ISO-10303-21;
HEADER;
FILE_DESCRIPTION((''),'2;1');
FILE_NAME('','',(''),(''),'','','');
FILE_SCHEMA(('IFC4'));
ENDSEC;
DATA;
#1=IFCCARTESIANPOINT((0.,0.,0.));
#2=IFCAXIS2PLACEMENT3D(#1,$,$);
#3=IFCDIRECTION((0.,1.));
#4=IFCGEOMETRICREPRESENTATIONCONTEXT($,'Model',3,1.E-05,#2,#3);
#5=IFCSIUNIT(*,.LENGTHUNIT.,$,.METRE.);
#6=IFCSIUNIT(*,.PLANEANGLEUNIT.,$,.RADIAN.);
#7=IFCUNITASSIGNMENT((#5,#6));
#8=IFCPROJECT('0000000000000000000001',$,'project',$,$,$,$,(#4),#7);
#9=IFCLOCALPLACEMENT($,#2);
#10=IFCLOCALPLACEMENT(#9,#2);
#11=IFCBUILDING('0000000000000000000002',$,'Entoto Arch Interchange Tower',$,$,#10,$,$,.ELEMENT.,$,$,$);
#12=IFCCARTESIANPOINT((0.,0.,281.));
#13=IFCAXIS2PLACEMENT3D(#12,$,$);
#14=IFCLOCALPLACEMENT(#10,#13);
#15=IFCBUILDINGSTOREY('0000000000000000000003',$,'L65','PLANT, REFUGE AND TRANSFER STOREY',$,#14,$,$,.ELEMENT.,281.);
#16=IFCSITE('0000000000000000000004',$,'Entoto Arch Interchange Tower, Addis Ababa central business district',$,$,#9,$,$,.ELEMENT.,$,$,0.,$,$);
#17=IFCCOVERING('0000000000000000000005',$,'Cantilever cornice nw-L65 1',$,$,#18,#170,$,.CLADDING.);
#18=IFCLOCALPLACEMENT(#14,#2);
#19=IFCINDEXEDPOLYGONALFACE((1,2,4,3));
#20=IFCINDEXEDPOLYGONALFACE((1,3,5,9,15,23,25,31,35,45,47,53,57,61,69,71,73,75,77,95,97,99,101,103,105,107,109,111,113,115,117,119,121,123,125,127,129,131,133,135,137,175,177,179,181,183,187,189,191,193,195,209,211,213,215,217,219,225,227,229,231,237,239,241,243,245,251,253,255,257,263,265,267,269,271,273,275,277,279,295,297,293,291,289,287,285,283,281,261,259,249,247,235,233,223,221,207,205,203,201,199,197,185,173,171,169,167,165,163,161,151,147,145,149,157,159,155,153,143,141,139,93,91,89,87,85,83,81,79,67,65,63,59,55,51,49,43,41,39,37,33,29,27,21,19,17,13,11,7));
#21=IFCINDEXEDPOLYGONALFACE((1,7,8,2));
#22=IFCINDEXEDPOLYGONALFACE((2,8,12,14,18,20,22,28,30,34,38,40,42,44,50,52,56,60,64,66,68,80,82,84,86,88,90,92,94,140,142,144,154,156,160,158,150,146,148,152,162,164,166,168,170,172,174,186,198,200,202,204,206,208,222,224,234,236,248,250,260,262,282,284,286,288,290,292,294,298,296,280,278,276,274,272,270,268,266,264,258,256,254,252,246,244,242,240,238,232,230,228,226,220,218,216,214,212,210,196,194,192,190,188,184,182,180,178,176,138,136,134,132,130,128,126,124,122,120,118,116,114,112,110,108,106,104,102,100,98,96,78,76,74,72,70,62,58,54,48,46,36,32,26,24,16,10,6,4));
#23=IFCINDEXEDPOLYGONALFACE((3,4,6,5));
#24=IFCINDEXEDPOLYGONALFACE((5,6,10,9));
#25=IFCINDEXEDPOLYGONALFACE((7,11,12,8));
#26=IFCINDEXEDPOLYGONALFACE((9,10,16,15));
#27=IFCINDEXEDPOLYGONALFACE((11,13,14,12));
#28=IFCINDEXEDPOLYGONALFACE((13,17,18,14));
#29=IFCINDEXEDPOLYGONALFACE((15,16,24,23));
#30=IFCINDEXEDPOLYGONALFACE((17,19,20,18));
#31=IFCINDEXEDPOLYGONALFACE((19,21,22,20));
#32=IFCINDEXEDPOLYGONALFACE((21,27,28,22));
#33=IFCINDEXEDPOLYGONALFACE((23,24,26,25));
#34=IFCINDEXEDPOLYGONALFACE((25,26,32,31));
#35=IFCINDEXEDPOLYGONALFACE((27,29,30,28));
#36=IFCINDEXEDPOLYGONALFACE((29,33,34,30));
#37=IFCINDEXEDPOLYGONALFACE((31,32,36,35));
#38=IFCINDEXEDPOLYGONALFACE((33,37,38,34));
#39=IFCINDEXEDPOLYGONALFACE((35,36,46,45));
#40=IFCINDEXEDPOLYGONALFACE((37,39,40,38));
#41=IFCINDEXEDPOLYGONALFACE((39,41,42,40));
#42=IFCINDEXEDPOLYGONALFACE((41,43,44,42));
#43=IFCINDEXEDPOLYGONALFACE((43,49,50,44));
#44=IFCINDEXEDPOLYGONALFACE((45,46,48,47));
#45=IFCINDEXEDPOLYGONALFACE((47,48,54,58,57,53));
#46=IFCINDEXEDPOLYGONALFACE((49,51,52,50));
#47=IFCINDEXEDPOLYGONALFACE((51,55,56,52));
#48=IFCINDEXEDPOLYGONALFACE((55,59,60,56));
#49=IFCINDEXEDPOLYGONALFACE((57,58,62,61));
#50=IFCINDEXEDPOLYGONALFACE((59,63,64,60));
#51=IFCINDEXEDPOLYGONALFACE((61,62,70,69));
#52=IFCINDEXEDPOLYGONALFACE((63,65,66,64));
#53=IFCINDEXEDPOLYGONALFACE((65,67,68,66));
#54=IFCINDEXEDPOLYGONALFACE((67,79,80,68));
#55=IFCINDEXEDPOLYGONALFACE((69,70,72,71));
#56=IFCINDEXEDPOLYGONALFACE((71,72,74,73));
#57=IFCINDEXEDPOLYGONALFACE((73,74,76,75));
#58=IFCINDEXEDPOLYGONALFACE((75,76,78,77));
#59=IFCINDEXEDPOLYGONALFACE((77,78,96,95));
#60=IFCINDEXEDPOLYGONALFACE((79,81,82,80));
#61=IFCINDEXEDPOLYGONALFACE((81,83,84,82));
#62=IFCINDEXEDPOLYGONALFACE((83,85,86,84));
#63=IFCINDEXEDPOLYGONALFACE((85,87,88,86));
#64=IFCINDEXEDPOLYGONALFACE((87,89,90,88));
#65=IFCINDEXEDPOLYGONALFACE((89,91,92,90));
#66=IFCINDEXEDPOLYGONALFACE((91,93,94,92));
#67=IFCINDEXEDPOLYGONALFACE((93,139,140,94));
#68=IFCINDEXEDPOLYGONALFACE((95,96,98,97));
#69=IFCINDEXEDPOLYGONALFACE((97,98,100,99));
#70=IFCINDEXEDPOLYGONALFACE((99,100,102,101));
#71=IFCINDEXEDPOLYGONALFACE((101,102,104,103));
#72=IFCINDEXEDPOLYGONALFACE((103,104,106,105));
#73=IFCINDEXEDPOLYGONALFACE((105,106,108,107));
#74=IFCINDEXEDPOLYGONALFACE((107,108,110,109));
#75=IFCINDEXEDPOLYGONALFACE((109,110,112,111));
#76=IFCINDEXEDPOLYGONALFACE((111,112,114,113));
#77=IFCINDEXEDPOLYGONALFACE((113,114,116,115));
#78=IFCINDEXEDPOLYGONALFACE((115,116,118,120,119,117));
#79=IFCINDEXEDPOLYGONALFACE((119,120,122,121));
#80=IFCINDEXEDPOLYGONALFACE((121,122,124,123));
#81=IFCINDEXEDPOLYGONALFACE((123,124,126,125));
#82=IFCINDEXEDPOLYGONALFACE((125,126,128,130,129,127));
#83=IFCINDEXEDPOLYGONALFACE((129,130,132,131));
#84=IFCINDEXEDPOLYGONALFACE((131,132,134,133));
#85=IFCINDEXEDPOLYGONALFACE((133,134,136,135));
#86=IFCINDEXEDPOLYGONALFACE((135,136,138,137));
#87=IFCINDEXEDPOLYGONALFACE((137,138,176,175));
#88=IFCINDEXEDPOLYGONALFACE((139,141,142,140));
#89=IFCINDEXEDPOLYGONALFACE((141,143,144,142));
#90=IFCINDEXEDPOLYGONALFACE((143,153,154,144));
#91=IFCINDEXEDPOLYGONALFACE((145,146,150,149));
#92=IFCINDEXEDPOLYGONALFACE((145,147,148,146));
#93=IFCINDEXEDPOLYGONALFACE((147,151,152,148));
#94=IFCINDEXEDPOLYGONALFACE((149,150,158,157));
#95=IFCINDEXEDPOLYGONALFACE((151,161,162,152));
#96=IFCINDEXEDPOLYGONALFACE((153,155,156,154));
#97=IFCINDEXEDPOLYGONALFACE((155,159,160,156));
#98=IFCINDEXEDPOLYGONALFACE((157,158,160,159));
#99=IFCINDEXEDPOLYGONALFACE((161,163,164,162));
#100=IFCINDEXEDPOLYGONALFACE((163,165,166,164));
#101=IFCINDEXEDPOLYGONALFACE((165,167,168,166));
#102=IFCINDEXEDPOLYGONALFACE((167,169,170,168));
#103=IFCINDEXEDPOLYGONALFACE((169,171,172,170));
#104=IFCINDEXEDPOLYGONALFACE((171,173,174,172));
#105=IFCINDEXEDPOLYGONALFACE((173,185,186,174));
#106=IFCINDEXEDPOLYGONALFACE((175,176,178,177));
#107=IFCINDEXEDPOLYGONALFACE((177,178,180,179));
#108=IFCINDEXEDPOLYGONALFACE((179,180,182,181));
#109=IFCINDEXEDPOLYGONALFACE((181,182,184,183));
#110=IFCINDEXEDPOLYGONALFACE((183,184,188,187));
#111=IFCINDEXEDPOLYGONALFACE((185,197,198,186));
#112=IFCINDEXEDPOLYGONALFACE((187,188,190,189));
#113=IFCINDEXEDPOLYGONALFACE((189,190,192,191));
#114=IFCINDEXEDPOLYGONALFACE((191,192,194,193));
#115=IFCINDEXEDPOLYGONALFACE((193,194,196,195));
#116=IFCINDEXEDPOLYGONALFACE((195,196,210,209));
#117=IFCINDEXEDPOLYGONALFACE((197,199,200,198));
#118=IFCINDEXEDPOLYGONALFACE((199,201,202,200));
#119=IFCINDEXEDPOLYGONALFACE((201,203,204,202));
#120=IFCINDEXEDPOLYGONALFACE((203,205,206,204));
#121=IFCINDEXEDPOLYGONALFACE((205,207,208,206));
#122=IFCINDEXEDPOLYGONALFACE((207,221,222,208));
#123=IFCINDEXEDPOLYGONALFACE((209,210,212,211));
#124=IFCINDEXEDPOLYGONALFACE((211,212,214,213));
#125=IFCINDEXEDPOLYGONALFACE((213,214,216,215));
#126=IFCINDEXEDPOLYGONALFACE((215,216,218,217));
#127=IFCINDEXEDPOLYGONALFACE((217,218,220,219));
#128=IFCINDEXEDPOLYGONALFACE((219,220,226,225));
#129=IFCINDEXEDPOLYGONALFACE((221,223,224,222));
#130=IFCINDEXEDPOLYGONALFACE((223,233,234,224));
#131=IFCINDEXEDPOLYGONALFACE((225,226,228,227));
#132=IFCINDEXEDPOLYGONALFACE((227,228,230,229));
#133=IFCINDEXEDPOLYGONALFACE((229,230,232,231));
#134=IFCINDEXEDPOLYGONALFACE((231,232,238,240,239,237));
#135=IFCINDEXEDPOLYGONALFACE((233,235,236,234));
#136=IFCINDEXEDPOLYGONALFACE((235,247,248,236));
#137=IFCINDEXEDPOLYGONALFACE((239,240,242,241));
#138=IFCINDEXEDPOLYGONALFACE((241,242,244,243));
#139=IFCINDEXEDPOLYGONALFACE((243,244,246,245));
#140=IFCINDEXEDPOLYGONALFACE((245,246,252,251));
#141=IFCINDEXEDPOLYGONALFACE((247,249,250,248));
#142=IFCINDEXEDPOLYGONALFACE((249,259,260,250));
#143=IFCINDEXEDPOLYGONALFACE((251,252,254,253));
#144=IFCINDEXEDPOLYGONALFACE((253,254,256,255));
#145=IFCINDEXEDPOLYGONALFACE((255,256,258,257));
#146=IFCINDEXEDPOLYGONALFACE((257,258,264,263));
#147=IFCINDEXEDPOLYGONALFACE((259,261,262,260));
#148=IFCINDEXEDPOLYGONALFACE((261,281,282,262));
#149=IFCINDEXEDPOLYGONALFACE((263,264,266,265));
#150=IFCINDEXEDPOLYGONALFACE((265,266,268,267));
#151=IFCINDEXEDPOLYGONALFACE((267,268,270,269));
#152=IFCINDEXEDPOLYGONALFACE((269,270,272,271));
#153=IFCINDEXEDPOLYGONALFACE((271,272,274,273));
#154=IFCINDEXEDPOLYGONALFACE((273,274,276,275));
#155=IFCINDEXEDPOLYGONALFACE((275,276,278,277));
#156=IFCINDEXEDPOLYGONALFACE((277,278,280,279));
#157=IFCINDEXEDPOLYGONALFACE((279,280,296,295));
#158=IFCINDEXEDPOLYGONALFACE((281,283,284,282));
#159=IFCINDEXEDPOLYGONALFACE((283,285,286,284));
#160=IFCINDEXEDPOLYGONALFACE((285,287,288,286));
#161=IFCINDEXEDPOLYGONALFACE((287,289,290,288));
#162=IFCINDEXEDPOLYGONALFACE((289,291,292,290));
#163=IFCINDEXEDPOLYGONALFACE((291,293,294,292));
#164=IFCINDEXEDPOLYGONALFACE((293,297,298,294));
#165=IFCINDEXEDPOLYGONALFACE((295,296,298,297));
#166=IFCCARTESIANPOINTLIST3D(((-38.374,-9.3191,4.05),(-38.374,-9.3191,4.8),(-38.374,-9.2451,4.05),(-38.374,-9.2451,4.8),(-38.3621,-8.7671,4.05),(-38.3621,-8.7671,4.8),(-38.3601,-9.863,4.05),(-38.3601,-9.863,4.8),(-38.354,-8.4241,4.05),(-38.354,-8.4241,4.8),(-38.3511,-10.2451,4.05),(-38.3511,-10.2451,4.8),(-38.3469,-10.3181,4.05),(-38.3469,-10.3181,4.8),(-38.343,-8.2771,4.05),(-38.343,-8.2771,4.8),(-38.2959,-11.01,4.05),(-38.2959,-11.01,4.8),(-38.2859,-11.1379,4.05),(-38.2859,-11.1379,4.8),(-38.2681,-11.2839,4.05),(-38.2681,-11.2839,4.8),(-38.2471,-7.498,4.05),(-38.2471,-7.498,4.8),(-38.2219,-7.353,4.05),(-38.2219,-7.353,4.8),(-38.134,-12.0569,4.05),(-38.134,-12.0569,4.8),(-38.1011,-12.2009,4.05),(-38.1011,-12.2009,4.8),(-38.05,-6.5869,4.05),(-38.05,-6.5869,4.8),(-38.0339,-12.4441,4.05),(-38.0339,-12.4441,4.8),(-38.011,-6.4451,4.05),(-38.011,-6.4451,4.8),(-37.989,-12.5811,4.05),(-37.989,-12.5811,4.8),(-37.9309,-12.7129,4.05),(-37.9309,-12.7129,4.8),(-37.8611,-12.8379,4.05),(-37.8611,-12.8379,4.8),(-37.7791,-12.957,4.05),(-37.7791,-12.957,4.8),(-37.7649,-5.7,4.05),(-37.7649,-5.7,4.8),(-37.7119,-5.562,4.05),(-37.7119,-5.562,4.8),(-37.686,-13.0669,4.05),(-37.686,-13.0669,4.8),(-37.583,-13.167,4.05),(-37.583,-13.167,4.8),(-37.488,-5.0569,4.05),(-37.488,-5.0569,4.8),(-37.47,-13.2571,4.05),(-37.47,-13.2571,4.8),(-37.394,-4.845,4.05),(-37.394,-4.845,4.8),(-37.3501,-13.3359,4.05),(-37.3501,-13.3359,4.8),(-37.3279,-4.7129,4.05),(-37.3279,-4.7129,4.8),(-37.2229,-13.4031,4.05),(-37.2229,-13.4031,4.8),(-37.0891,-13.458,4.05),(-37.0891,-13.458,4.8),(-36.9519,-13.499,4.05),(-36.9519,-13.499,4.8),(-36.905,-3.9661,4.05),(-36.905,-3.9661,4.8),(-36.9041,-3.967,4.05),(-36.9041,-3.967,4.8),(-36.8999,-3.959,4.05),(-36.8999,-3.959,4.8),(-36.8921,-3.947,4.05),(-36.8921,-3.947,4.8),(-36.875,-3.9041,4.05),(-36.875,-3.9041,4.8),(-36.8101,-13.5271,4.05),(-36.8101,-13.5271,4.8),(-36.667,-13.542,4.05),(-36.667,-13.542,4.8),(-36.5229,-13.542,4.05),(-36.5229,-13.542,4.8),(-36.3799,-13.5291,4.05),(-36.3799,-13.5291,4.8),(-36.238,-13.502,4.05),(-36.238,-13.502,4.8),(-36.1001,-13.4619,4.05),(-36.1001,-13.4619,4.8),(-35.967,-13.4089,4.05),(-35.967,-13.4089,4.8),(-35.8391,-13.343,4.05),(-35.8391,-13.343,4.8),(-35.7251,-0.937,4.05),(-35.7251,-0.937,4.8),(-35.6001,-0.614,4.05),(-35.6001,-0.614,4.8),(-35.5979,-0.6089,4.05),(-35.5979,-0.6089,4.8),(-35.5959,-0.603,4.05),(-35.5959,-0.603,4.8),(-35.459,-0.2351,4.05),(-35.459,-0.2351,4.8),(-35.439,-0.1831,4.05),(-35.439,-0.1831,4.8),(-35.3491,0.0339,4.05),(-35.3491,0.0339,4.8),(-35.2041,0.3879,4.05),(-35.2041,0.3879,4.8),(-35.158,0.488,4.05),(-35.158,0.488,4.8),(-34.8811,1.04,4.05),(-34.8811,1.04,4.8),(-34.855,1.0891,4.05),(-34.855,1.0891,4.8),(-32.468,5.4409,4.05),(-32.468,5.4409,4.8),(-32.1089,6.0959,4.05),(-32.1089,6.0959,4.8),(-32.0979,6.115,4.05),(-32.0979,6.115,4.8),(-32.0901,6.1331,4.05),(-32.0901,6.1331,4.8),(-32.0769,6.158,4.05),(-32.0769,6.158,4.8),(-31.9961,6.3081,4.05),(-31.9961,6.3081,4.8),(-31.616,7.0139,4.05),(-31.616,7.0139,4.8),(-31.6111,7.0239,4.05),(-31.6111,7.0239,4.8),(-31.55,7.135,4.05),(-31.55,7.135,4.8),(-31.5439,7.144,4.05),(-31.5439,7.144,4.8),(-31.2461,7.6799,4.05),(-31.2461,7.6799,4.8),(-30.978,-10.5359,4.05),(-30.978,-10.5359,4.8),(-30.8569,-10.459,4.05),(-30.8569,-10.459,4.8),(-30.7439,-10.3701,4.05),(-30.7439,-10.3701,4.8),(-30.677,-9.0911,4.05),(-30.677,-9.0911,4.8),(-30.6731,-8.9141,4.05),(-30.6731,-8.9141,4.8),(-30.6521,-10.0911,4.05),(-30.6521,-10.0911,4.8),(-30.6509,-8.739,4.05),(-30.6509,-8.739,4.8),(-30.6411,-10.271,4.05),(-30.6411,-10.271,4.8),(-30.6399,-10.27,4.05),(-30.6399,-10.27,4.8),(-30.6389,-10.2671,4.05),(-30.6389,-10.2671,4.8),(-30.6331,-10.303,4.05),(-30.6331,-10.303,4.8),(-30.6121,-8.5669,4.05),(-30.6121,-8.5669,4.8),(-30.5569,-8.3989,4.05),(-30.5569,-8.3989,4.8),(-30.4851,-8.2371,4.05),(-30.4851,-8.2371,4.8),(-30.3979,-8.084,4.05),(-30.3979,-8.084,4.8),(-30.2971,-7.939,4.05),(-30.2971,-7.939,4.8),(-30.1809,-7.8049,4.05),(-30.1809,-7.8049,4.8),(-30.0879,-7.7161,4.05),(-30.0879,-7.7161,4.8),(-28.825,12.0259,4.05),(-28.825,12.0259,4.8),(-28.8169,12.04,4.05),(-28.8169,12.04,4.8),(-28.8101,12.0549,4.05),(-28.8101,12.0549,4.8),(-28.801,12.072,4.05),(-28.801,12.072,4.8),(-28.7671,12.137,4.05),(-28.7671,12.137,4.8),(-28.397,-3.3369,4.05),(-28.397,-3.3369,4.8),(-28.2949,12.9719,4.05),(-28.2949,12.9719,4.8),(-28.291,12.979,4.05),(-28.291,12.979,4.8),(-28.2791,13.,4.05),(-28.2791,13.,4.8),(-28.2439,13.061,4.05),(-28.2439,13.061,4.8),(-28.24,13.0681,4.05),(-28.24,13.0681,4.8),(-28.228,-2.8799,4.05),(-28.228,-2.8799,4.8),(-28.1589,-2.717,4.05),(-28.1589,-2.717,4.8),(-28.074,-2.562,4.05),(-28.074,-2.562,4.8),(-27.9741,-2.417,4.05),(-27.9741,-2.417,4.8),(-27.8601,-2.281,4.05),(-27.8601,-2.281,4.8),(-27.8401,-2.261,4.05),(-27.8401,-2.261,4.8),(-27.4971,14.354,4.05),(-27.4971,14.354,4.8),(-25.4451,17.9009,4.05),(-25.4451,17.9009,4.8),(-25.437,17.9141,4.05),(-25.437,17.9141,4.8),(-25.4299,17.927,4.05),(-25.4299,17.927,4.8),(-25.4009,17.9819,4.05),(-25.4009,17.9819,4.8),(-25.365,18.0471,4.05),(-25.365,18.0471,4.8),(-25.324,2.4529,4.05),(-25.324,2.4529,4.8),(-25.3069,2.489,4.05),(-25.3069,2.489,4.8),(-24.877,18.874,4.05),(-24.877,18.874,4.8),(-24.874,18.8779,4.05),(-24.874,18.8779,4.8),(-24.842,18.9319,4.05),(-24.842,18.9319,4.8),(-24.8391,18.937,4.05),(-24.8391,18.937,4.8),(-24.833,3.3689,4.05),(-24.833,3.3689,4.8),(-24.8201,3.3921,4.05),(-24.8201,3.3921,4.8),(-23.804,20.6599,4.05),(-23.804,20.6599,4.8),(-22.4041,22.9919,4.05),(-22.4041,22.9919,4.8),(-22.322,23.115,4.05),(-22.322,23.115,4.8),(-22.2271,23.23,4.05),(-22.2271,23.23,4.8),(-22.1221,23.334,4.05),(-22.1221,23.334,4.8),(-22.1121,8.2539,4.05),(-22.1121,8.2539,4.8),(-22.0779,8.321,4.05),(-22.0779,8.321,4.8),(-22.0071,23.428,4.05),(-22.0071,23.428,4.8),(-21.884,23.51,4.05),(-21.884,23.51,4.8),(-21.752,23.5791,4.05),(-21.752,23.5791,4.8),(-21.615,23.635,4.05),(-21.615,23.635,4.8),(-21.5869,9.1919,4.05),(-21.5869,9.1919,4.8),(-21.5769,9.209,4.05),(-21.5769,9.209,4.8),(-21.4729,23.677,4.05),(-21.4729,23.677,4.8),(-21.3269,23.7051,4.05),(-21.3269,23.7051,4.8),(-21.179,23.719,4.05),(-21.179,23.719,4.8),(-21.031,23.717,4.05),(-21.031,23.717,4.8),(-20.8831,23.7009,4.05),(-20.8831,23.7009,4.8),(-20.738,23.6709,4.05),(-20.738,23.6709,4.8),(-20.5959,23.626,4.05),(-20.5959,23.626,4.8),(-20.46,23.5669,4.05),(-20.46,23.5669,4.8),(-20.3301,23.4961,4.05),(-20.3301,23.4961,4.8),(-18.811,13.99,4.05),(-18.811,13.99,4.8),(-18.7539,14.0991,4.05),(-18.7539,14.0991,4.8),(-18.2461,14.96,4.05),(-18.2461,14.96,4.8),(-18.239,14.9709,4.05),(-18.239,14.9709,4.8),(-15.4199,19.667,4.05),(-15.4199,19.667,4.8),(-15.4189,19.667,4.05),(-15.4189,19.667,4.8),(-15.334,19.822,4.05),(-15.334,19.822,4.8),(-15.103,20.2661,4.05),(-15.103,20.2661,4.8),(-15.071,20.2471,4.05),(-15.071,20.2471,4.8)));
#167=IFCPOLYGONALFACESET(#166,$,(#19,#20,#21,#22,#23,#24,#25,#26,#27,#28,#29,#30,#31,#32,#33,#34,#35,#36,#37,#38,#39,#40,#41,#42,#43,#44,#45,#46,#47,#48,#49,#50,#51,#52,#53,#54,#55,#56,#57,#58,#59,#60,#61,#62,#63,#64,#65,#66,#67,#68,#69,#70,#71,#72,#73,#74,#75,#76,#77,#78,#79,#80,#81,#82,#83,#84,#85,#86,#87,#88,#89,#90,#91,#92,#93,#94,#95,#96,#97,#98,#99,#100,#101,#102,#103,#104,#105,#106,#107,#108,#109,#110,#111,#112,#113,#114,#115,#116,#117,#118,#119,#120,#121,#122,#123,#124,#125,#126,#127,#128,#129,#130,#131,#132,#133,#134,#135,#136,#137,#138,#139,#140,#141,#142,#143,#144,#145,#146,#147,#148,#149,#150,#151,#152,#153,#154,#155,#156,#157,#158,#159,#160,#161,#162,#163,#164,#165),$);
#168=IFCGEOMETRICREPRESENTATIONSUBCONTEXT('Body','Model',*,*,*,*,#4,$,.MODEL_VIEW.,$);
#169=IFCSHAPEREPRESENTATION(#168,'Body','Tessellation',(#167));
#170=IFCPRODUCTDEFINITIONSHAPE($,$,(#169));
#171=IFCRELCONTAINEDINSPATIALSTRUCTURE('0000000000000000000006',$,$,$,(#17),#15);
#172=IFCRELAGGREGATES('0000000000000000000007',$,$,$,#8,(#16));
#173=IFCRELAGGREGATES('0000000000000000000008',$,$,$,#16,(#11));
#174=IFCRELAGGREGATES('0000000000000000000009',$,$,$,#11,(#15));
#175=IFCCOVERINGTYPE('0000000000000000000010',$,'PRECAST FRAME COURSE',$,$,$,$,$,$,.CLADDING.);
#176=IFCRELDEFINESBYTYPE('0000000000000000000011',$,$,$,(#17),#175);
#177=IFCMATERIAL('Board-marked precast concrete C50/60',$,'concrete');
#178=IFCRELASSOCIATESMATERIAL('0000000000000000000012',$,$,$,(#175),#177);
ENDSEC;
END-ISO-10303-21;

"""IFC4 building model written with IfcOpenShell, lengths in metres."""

from ifc_helpers import new_model, si_unit, direction, frame, origin, place, context, subcontext, project, spatial, polyline, outline, extrude, material, type_object, element, save


model = new_model("IFC4")

# Units and contexts
model_context = context("Model", 3, precision=1e-05, world=origin(), true_north=direction((0.0, 1.0)))
body_context = subcontext(model_context, "Body", "Model", "MODEL_VIEW")
ifc_project = project(units=[si_unit("LENGTHUNIT", "METRE"), si_unit("PLANEANGLEUNIT", "RADIAN")], contexts=[model_context])

# Site, building, storey
site_placement = place(None, origin())
site = spatial("IfcSite", under=ifc_project, at=site_placement, Name="Entoto Arch Interchange Tower, Addis Ababa central business district", CompositionType="ELEMENT", RefElevation=0.0)
building_placement = place(site_placement, origin())
building = spatial("IfcBuilding", under=site, at=building_placement, Name="Entoto Arch Interchange Tower", CompositionType="ELEMENT")
storey_placement = place(building_placement, frame((0.0, 0.0, 281.0)))
storey = spatial("IfcBuildingStorey", under=building, at=storey_placement, Name="L65", Description="PLANT, REFUGE AND TRANSFER STOREY", CompositionType="ELEMENT", Elevation=281.0)

# Covering
ifc_material_1 = material(Name="Board-marked precast concrete C50/60", Category="concrete")
covering_type = type_object("IfcCoveringType", Name="PRECAST FRAME COURSE", PredefinedType="CLADDING", material=ifc_material_1)
covering_1_placement = place(storey_placement, frame((0.0, 0.0, 4.05)))
element("IfcCovering", 1, at=covering_1_placement, inside=storey, type_object=covering_type, Name="Cantilever cornice nw-L65 1", PredefinedType="CLADDING", context=body_context, shape_type="SweptSolid", body=[
    extrude(outline(polyline([(-30.7439, -10.3701), (-30.8569, -10.459), (-30.978, -10.5359), (-35.8391, -13.343), (-35.967, -13.4089), (-36.1001, -13.4619), (-36.238, -13.502), (-36.3799, -13.5291), (-36.5229, -13.542), (-36.667, -13.542), (-36.8101, -13.5271), (-36.9519, -13.499), (-37.0891, -13.458), (-37.2229, -13.4031), (-37.3501, -13.3359), (-37.47, -13.2571), (-37.583, -13.167), (-37.686, -13.0669), (-37.7791, -12.957), (-37.8611, -12.8379), (-37.9309, -12.7129), (-37.989, -12.5811), (-38.0339, -12.4441), (-38.1011, -12.2009), (-38.134, -12.0569), (-38.2681, -11.2839), (-38.2859, -11.1379), (-38.2959, -11.01), (-38.3469, -10.3181), (-38.3511, -10.2451), (-38.3601, -9.863), (-38.374, -9.3191), (-38.374, -9.2451), (-38.3621, -8.7671), (-38.354, -8.4241), (-38.343, -8.2771), (-38.2471, -7.498), (-38.2219, -7.353), (-38.05, -6.5869), (-38.011, -6.4451), (-37.7649, -5.7), (-37.7119, -5.562), (-37.488, -5.0569), (-37.394, -4.845), (-37.3279, -4.7129), (-36.905, -3.9661), (-36.9041, -3.967), (-36.9041, -3.967), (-36.8999, -3.959), (-36.8921, -3.947), (-36.875, -3.9041), (-35.7251, -0.937), (-35.6001, -0.614), (-35.5979, -0.6089), (-35.5959, -0.603), (-35.459, -0.2351), (-35.439, -0.1831), (-35.3491, 0.0339), (-35.2041, 0.3879), (-35.158, 0.488), (-34.8811, 1.04), (-34.855, 1.0891), (-32.468, 5.4409), (-32.1089, 6.0959), (-32.0979, 6.115), (-32.0901, 6.1331), (-32.0769, 6.158), (-31.9961, 6.3081), (-31.616, 7.0139), (-31.6111, 7.0239), (-31.55, 7.135), (-31.5439, 7.144), (-31.2461, 7.6799), (-28.825, 12.0259), (-28.8169, 12.04), (-28.8101, 12.0549), (-28.801, 12.072), (-28.7671, 12.137), (-28.2949, 12.9719), (-28.291, 12.979), (-28.2791, 13.0), (-28.2439, 13.061), (-28.24, 13.0681), (-27.4971, 14.354), (-25.4451, 17.9009), (-25.437, 17.9141), (-25.4299, 17.927), (-25.4009, 17.9819), (-25.365, 18.0471), (-24.877, 18.874), (-24.874, 18.8779), (-24.842, 18.9319), (-24.8391, 18.937), (-23.804, 20.6599), (-22.4041, 22.9919), (-22.322, 23.115), (-22.2271, 23.23), (-22.1221, 23.334), (-22.0071, 23.428), (-21.884, 23.51), (-21.752, 23.5791), (-21.615, 23.635), (-21.4729, 23.677), (-21.3269, 23.7051), (-21.179, 23.719), (-21.031, 23.717), (-20.8831, 23.7009), (-20.738, 23.6709), (-20.5959, 23.626), (-20.46, 23.5669), (-20.3301, 23.4961), (-15.103, 20.2661), (-15.071, 20.2471), (-15.334, 19.822), (-15.4189, 19.667), (-15.4199, 19.667), (-18.239, 14.9709), (-18.2461, 14.96), (-18.7539, 14.0991), (-18.811, 13.99), (-21.5769, 9.209), (-21.5869, 9.1919), (-22.0779, 8.321), (-22.1121, 8.2539), (-24.8201, 3.3921), (-24.833, 3.3689), (-25.3069, 2.489), (-25.324, 2.4529), (-27.8401, -2.261), (-27.8601, -2.281), (-27.9741, -2.417), (-28.074, -2.562), (-28.1589, -2.717), (-28.228, -2.8799), (-28.397, -3.3369), (-30.0879, -7.7161), (-30.1809, -7.8049), (-30.2971, -7.939), (-30.3979, -8.084), (-30.4851, -8.2371), (-30.5569, -8.3989), (-30.6121, -8.5669), (-30.6509, -8.739), (-30.6731, -8.9141), (-30.677, -9.0911), (-30.6521, -10.0911), (-30.6389, -10.2671), (-30.6331, -10.303), (-30.6399, -10.27), (-30.6411, -10.271), (-30.7439, -10.3701)])), origin(), (0.0, 0.0, 1.0), 0.75),
])

save(model, "model.ifc")
